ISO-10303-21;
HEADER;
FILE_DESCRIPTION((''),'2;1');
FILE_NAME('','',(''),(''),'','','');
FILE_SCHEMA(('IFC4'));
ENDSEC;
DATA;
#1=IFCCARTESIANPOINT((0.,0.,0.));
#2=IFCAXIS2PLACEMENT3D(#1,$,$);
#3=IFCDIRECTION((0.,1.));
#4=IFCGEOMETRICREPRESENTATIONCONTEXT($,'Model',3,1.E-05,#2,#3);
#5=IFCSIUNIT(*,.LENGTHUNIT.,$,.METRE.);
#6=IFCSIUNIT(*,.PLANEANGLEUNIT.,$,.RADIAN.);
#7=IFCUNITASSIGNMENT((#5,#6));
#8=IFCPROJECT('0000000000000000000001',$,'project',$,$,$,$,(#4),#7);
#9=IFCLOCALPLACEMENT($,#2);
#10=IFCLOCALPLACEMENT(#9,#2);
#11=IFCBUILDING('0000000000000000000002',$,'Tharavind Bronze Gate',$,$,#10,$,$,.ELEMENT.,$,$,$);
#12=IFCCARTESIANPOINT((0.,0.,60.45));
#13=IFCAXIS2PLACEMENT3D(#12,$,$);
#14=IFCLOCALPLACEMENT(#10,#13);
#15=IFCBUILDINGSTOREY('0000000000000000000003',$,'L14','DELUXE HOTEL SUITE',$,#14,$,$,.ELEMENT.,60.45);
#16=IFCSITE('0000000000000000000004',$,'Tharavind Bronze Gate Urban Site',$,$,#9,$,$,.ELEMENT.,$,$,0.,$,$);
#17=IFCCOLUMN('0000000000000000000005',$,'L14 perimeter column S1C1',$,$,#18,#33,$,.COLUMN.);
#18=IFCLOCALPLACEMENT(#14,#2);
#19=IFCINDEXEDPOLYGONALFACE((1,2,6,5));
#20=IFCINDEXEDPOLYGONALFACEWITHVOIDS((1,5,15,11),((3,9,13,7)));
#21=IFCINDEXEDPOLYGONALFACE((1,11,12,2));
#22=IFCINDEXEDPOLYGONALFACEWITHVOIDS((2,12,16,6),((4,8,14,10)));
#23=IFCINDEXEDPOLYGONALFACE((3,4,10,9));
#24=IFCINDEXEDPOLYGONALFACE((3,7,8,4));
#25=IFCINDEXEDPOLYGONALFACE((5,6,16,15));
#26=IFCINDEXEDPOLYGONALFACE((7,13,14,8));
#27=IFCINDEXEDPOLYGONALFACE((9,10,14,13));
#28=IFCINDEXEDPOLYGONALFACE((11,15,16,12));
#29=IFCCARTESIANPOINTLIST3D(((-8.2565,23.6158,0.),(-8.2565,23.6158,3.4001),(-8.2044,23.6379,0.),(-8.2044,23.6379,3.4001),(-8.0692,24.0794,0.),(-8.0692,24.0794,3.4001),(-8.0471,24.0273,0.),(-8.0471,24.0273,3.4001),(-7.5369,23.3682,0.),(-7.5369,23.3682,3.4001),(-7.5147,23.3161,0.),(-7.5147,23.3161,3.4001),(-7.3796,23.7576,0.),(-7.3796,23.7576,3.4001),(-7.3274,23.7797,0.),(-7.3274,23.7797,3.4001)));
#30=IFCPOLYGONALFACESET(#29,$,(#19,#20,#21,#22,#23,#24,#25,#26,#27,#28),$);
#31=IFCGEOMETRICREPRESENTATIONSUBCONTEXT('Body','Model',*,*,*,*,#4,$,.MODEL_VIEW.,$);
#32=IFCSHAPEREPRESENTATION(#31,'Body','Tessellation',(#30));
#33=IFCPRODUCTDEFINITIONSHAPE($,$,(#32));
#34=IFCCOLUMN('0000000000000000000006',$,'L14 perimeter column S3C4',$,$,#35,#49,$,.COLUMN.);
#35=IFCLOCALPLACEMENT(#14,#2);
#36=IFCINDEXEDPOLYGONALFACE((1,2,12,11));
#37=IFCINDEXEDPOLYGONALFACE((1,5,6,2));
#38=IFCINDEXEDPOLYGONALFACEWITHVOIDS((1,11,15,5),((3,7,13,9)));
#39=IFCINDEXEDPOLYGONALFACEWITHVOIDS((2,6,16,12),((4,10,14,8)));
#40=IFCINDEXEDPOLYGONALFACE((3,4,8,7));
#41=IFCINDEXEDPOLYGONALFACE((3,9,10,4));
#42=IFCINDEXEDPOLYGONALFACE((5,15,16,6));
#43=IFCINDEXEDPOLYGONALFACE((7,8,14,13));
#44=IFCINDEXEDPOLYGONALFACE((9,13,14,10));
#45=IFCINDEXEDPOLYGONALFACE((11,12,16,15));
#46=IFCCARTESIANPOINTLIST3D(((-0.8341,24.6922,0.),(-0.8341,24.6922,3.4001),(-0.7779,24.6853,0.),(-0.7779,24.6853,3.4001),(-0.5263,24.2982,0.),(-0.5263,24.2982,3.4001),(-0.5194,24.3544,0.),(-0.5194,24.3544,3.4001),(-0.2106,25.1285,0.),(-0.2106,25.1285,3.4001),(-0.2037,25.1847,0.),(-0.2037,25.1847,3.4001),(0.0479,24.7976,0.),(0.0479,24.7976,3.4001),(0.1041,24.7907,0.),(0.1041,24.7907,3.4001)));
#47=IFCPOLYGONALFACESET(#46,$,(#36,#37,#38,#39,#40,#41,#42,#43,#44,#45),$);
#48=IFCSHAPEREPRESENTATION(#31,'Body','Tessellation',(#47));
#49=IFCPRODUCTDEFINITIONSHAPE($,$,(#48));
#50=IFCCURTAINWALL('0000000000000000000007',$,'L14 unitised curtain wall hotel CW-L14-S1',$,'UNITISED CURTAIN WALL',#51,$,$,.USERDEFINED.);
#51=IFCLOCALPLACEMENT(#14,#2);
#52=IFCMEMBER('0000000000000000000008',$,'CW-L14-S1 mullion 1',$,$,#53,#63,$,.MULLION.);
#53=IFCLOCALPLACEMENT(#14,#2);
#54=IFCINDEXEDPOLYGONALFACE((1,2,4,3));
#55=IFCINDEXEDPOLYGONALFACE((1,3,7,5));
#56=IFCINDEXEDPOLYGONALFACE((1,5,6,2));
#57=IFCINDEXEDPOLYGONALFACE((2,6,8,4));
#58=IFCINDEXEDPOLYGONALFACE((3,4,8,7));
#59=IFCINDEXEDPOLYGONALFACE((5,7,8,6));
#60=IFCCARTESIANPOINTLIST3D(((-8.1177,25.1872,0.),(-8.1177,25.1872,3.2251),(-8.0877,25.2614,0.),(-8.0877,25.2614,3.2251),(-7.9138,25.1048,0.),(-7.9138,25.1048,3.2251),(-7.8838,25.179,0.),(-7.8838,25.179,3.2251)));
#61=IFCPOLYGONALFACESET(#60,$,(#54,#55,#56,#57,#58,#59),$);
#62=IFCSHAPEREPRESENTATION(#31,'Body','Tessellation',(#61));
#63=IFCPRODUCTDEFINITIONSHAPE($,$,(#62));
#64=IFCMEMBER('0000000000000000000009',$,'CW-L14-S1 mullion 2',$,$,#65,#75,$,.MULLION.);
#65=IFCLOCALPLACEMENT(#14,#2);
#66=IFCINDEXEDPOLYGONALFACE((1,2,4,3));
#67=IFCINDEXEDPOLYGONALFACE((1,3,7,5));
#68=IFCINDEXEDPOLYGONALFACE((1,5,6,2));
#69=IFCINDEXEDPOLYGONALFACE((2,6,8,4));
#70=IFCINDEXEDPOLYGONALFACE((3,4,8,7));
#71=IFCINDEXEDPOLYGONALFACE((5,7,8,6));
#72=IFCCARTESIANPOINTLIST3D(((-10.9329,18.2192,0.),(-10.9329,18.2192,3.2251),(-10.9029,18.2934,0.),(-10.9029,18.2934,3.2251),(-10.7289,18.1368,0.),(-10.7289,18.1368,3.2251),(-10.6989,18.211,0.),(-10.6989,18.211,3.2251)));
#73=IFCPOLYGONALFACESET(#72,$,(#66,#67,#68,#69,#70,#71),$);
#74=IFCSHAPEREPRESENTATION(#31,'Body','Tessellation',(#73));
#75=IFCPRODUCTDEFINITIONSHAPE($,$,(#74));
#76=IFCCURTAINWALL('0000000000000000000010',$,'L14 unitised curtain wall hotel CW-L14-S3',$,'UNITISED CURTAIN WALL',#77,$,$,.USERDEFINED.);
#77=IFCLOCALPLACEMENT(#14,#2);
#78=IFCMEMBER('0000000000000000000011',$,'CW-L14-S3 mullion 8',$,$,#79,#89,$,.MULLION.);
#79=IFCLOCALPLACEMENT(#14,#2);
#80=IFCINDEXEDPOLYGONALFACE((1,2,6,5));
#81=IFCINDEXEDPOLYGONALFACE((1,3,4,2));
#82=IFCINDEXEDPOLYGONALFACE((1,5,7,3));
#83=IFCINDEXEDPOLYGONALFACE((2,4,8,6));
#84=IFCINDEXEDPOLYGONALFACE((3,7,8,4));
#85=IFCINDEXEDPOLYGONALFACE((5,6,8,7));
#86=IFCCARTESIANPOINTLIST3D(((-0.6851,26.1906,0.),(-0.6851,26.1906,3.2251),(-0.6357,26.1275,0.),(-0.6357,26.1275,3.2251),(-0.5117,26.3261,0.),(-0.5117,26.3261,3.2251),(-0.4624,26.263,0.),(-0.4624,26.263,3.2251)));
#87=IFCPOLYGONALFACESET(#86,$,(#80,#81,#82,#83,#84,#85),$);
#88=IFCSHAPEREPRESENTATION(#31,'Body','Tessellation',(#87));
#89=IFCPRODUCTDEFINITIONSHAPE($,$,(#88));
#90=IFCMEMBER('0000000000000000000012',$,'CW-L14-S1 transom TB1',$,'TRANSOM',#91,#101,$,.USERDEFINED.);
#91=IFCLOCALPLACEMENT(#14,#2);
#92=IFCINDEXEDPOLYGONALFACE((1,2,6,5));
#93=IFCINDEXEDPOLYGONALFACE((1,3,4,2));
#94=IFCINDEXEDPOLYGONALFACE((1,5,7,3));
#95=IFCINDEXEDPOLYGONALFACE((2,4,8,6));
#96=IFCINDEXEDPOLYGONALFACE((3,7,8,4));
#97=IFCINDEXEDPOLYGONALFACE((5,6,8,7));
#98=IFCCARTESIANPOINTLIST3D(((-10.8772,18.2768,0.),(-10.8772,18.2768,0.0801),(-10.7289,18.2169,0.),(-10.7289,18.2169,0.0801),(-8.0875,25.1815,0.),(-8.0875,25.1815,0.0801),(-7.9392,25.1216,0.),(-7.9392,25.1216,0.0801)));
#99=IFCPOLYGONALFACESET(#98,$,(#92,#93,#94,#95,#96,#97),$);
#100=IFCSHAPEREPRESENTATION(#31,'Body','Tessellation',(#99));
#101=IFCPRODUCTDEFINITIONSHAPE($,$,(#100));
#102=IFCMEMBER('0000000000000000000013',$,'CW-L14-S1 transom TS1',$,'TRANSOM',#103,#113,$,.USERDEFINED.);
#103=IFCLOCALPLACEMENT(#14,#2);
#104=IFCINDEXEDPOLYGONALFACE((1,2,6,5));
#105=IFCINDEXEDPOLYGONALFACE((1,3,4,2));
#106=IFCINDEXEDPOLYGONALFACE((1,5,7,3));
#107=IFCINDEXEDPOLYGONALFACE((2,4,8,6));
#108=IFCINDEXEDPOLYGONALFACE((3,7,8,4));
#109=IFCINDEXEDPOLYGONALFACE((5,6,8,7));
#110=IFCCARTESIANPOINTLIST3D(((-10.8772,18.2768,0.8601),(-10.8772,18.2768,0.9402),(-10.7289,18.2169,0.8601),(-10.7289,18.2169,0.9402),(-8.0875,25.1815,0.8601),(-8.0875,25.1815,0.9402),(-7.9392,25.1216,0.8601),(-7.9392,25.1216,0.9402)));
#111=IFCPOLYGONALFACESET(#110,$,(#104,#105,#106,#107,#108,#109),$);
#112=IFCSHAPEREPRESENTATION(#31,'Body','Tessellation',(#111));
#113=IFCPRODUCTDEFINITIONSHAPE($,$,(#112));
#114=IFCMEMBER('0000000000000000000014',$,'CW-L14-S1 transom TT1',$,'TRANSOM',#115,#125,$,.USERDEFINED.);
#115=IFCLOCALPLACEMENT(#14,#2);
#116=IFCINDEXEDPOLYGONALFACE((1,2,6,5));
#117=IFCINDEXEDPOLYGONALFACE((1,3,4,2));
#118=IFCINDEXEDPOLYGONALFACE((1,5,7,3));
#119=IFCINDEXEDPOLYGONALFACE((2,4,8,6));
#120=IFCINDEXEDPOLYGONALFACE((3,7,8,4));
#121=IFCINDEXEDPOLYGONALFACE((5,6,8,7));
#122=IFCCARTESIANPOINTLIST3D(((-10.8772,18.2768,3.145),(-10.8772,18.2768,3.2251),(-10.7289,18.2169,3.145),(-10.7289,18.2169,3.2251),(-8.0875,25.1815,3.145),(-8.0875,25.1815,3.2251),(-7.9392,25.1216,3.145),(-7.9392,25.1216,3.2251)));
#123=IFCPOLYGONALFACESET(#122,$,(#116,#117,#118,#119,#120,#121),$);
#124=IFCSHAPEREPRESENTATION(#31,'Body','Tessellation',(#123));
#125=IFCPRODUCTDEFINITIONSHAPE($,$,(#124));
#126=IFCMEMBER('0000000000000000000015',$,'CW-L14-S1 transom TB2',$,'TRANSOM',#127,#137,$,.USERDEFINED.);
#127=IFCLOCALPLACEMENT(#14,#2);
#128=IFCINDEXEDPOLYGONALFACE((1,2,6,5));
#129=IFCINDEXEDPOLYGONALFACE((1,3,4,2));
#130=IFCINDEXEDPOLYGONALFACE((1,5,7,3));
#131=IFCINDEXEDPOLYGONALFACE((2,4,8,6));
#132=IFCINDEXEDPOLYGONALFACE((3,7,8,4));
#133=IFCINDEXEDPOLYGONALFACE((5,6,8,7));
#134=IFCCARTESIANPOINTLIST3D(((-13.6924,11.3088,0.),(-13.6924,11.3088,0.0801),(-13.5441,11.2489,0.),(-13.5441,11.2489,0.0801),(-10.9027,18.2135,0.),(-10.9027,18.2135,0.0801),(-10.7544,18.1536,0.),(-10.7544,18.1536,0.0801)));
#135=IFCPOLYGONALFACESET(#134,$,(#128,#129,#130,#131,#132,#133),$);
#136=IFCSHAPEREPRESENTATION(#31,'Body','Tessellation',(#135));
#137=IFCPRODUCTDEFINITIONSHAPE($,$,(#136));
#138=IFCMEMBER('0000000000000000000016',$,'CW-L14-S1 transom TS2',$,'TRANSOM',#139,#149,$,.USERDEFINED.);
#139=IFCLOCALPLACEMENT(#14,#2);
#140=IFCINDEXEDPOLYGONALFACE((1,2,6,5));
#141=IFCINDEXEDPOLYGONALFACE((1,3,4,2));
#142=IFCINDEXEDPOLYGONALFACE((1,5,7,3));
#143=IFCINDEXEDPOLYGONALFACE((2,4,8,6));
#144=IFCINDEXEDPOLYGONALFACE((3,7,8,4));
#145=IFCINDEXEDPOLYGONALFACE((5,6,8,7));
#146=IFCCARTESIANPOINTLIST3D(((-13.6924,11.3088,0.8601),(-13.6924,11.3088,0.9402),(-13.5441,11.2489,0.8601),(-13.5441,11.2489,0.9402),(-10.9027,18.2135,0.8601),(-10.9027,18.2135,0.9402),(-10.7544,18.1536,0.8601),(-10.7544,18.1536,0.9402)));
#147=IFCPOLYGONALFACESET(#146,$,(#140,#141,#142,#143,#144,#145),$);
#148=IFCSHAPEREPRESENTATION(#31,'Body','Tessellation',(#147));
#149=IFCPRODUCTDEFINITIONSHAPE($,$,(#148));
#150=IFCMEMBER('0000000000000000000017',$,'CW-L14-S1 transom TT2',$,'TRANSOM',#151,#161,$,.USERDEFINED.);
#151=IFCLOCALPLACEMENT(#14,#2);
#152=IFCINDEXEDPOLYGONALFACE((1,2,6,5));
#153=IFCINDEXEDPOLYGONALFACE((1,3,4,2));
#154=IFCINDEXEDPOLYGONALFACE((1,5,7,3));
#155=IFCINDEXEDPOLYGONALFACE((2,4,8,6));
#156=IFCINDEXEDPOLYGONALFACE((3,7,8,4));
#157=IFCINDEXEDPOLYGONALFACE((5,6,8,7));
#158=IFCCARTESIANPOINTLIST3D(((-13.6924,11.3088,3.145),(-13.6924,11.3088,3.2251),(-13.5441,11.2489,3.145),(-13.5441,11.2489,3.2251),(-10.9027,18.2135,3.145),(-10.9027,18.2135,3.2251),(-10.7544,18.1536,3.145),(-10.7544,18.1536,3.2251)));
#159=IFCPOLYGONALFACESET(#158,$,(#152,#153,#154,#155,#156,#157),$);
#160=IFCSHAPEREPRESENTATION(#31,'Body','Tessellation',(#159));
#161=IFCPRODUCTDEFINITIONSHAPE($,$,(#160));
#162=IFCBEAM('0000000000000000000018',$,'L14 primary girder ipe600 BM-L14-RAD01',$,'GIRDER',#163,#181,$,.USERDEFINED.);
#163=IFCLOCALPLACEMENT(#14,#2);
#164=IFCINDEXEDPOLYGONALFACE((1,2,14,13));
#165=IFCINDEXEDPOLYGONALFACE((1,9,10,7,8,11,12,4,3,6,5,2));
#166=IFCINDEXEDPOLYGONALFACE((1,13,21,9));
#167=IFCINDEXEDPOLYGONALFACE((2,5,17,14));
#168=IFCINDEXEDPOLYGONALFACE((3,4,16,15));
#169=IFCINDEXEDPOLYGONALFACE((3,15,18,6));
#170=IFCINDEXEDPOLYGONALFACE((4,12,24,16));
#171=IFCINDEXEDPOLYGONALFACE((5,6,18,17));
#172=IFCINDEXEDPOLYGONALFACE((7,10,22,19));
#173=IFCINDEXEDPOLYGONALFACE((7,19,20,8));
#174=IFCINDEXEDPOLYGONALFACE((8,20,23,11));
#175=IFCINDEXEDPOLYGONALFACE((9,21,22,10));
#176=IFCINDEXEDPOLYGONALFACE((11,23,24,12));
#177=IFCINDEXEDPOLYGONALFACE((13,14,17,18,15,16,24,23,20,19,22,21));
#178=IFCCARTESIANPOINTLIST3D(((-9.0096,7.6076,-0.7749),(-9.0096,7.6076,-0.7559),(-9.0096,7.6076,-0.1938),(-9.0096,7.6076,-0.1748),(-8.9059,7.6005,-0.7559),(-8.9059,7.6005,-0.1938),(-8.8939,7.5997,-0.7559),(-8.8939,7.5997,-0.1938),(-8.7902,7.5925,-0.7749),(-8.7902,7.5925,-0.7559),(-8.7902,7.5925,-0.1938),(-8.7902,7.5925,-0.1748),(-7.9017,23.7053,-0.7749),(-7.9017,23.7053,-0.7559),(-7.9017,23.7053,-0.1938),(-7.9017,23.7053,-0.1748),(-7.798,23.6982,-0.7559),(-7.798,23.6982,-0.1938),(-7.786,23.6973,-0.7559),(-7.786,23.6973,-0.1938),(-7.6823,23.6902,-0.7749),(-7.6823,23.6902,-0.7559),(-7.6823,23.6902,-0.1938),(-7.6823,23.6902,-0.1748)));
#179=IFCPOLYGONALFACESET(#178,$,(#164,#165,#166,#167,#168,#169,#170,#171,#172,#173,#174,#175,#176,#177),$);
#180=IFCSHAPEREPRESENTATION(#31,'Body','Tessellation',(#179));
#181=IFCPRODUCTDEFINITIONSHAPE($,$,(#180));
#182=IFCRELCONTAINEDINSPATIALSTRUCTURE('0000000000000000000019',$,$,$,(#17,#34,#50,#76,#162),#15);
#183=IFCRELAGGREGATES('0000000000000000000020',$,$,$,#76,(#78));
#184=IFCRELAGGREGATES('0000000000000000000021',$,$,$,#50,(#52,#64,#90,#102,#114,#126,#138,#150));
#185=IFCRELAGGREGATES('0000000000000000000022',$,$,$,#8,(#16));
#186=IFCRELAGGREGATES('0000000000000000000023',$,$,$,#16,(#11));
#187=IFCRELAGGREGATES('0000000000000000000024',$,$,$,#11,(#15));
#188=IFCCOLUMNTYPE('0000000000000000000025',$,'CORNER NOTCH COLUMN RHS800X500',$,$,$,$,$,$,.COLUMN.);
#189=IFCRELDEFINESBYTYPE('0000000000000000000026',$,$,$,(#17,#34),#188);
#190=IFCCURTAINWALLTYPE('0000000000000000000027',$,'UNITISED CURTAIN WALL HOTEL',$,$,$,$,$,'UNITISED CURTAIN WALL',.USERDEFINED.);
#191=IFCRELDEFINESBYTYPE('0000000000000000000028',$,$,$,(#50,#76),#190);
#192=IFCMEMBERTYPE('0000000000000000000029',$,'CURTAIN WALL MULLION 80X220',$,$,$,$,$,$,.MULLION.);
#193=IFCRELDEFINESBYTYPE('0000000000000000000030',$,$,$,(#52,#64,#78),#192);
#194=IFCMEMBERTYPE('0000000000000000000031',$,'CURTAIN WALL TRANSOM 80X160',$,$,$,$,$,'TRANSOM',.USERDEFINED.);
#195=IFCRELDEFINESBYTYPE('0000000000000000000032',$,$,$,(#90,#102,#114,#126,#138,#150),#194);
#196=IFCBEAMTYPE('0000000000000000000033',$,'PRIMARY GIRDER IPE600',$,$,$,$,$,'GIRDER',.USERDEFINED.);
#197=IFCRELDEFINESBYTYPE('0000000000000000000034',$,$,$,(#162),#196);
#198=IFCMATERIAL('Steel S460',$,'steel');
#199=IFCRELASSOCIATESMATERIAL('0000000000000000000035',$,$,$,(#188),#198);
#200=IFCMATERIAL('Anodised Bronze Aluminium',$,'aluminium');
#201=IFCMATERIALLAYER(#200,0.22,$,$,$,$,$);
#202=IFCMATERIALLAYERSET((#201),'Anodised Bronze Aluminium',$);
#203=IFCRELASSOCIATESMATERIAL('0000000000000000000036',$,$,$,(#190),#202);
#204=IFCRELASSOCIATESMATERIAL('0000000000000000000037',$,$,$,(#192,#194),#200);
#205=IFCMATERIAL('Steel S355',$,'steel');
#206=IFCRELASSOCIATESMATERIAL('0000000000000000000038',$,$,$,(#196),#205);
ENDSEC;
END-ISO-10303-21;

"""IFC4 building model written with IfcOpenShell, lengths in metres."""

from ifc_helpers import new_model, si_unit, direction, frame, origin, origin_2d, place, context, subcontext, project, spatial, rectangle, hollow_rectangle, i_section, extrude, material, layer, layer_set, material_profile, profile_set, type_object, element, aggregate, save


model = new_model("IFC4")

# Units and contexts
model_context = context("Model", 3, precision=1e-05, world=origin(), true_north=direction((0.0, 1.0)))
body_context = subcontext(model_context, "Body", "Model", "MODEL_VIEW")
ifc_project = project(units=[si_unit("LENGTHUNIT", "METRE"), si_unit("PLANEANGLEUNIT", "RADIAN")], contexts=[model_context])

# Site, building, storey
site_placement = place(None, origin())
site = spatial("IfcSite", under=ifc_project, at=site_placement, Name="Tharavind Bronze Gate Urban Site", CompositionType="ELEMENT", RefElevation=0.0)
building_placement = place(site_placement, origin())
building = spatial("IfcBuilding", under=site, at=building_placement, Name="Tharavind Bronze Gate", CompositionType="ELEMENT")
storey_placement = place(building_placement, frame((0.0, 0.0, 60.45)))
storey = spatial("IfcBuildingStorey", under=building, at=storey_placement, Name="L14", Description="DELUXE HOTEL SUITE", CompositionType="ELEMENT", Elevation=60.45)

# Columns
ifc_material_1 = material(Name="Steel S460", Category="steel")
ifc_material_profile_1 = material_profile(ifc_material_1, hollow_rectangle(XDim=0.5, YDim=0.8, WallThickness=0.04, at=origin_2d()), Name="RHS800X500X40")
ifc_profile_set_1 = profile_set([ifc_material_profile_1], Name="Steel S460")
column_type = type_object("IfcColumnType", Name="CORNER NOTCH COLUMN RHS800X500", PredefinedType="COLUMN", material=ifc_profile_set_1)
for number, where, z_axis, x_axis, name in (
    (1, (-7.792, 23.6978, 0.0), (0.0, 0.0, 1.0), (0.374608, 0.927183, 0.0), "L14 perimeter column S1C1"),
    (2, (-0.365, 24.7415, 0.0), (0.0, 0.0, 1.0), (-0.615661, 0.788011, 0.0), "L14 perimeter column S3C4"),
):
    element("IfcColumn", number, at=place(storey_placement, frame(where, z_axis=z_axis, x_axis=x_axis)), inside=storey, type_object=column_type, Name=name, PredefinedType="COLUMN", context=body_context, shape_type="SweptSolid", body=[
        extrude(hollow_rectangle(XDim=0.5, YDim=0.8, WallThickness=0.04, at=origin_2d()), origin(), (0.0, 0.0, 1.0), 3.4001),
    ])

# Curtain wall, members
ifc_material_2 = material(Name="Anodised Bronze Aluminium", Category="aluminium")
ifc_layer_1 = layer(ifc_material_2, 0.22)
ifc_layer_set_1 = layer_set([ifc_layer_1], Name="Anodised Bronze Aluminium")
curtain_wall_type = type_object("IfcCurtainWallType", Name="UNITISED CURTAIN WALL HOTEL", ElementType="UNITISED CURTAIN WALL", PredefinedType="USERDEFINED", material=ifc_layer_set_1)
curtain_wall_1_placement = place(storey_placement, origin())
curtain_wall_1 = element("IfcCurtainWall", 3, at=curtain_wall_1_placement, inside=storey, type_object=curtain_wall_type, Name="L14 unitised curtain wall hotel CW-L14-S1", ObjectType="UNITISED CURTAIN WALL", PredefinedType="USERDEFINED")
member_type_1 = type_object("IfcMemberType", Name="CURTAIN WALL MULLION 80X220", PredefinedType="MULLION", material=ifc_material_2)
member_1_placement = place(storey_placement, frame((-8.0007, 25.1831, 0.0), z_axis=(0.0, 0.0, 1.0), x_axis=(-0.374607, -0.927184, 0.0)))
member_1 = element("IfcMember", 4, at=member_1_placement, type_object=member_type_1, Name="CW-L14-S1 mullion 1", PredefinedType="MULLION", context=body_context, shape_type="SweptSolid", body=[
    extrude(rectangle(XDim=0.0801, YDim=0.22, at=origin_2d()), origin(), (0.0, 0.0, 1.0), 3.2251),
])
member_2_placement = place(storey_placement, frame((-10.8159, 18.2151, 0.0), z_axis=(0.0, 0.0, 1.0), x_axis=(-0.374607, -0.927184, 0.0)))
member_2 = element("IfcMember", 5, at=member_2_placement, type_object=member_type_1, Name="CW-L14-S1 mullion 2", PredefinedType="MULLION", context=body_context, shape_type="SweptSolid", body=[
    extrude(rectangle(XDim=0.0801, YDim=0.22, at=origin_2d()), origin(), (0.0, 0.0, 1.0), 3.2251),
])

# Curtain wall, member
curtain_wall_2_placement = place(storey_placement, origin())
curtain_wall_2 = element("IfcCurtainWall", 6, at=curtain_wall_2_placement, inside=storey, type_object=curtain_wall_type, Name="L14 unitised curtain wall hotel CW-L14-S3", ObjectType="UNITISED CURTAIN WALL", PredefinedType="USERDEFINED")
member_3_placement = place(storey_placement, frame((-0.5737, 26.2268, 0.0), z_axis=(0.0, 0.0, 1.0), x_axis=(-0.615661, 0.788011, 0.0)))
member_3 = element("IfcMember", 7, at=member_3_placement, type_object=member_type_1, Name="CW-L14-S3 mullion 8", PredefinedType="MULLION", context=body_context, shape_type="SweptSolid", body=[
    extrude(rectangle(XDim=0.0801, YDim=0.22, at=origin_2d()), origin(), (0.0, 0.0, 1.0), 3.2251),
])
aggregate(curtain_wall_2, [member_3])

# Members
member_type_2 = type_object("IfcMemberType", Name="CURTAIN WALL TRANSOM 80X160", ElementType="TRANSOM", PredefinedType="USERDEFINED", material=ifc_material_2)
member_4_placement = place(storey_placement, frame((-9.4082, 21.6992, 0.0), z_axis=(0.0, 0.0, 1.0), x_axis=(-0.374607, -0.927184, 0.0)))
member_4 = element("IfcMember", 8, at=member_4_placement, type_object=member_type_2, Name="CW-L14-S1 transom TB1", ObjectType="TRANSOM", PredefinedType="USERDEFINED", context=body_context, shape_type="SweptSolid", body=[
    extrude(rectangle(XDim=7.447, YDim=0.1599, at=origin_2d()), origin(), (0.0, 0.0, 1.0), 0.0801),
])
member_5_placement = place(storey_placement, frame((-9.4082, 21.6992, 0.8601), z_axis=(0.0, 0.0, 1.0), x_axis=(-0.374607, -0.927184, 0.0)))
member_5 = element("IfcMember", 9, at=member_5_placement, type_object=member_type_2, Name="CW-L14-S1 transom TS1", ObjectType="TRANSOM", PredefinedType="USERDEFINED", context=body_context, shape_type="SweptSolid", body=[
    extrude(rectangle(XDim=7.447, YDim=0.1599, at=origin_2d()), origin(), (0.0, 0.0, 1.0), 0.0801),
])
member_6_placement = place(storey_placement, frame((-9.4082, 21.6992, 3.145), z_axis=(0.0, 0.0, 1.0), x_axis=(-0.374607, -0.927184, 0.0)))
member_6 = element("IfcMember", 10, at=member_6_placement, type_object=member_type_2, Name="CW-L14-S1 transom TT1", ObjectType="TRANSOM", PredefinedType="USERDEFINED", context=body_context, shape_type="SweptSolid", body=[
    extrude(rectangle(XDim=7.447, YDim=0.1599, at=origin_2d()), origin(), (0.0, 0.0, 1.0), 0.0801),
])
member_7_placement = place(storey_placement, frame((-12.2234, 14.7312, 0.0), z_axis=(0.0, 0.0, 1.0), x_axis=(-0.374607, -0.927184, 0.0)))
member_7 = element("IfcMember", 11, at=member_7_placement, type_object=member_type_2, Name="CW-L14-S1 transom TB2", ObjectType="TRANSOM", PredefinedType="USERDEFINED", context=body_context, shape_type="SweptSolid", body=[
    extrude(rectangle(XDim=7.447, YDim=0.1599, at=origin_2d()), origin(), (0.0, 0.0, 1.0), 0.0801),
])
member_8_placement = place(storey_placement, frame((-12.2234, 14.7312, 0.8601), z_axis=(0.0, 0.0, 1.0), x_axis=(-0.374607, -0.927184, 0.0)))
member_8 = element("IfcMember", 12, at=member_8_placement, type_object=member_type_2, Name="CW-L14-S1 transom TS2", ObjectType="TRANSOM", PredefinedType="USERDEFINED", context=body_context, shape_type="SweptSolid", body=[
    extrude(rectangle(XDim=7.447, YDim=0.1599, at=origin_2d()), origin(), (0.0, 0.0, 1.0), 0.0801),
])
member_9_placement = place(storey_placement, frame((-12.2234, 14.7312, 3.145), z_axis=(0.0, 0.0, 1.0), x_axis=(-0.374607, -0.927184, 0.0)))
member_9 = element("IfcMember", 13, at=member_9_placement, type_object=member_type_2, Name="CW-L14-S1 transom TT2", ObjectType="TRANSOM", PredefinedType="USERDEFINED", context=body_context, shape_type="SweptSolid", body=[
    extrude(rectangle(XDim=7.447, YDim=0.1599, at=origin_2d()), origin(), (0.0, 0.0, 1.0), 0.0801),
])

# Beam
ifc_material_3 = material(Name="Steel S355", Category="steel")
ifc_material_profile_2 = material_profile(ifc_material_3, i_section(OverallWidth=0.22, OverallDepth=0.6001, WebThickness=0.012, FlangeThickness=0.019, at=origin_2d()), Name="IPE600")
ifc_profile_set_2 = profile_set([ifc_material_profile_2], Name="Steel S355")
beam_type_1 = type_object("IfcBeamType", Name="PRIMARY GIRDER IPE600", ElementType="GIRDER", PredefinedType="USERDEFINED", material=ifc_profile_set_2)
beam_1_placement = place(storey_placement, frame((-7.792, 23.6978, -0.4749), z_axis=(-0.068662, -0.99764, 0.0), x_axis=(0.99764, -0.068662, 0.0)))
element("IfcBeam", 14, at=beam_1_placement, inside=storey, type_object=beam_type_1, Name="L14 primary girder ipe600 BM-L14-RAD01", ObjectType="GIRDER", PredefinedType="USERDEFINED", context=body_context, shape_type="SweptSolid", body=[
    extrude(i_section(OverallWidth=0.22, OverallDepth=0.6001, WebThickness=0.012, FlangeThickness=0.019, at=origin_2d()), origin(), (0.0, 0.0, 1.0), 16.1357),
])

aggregate(curtain_wall_1, [member_1, member_2, member_4, member_5, member_6, member_7, member_8, member_9])

save(model, "model.ifc")
